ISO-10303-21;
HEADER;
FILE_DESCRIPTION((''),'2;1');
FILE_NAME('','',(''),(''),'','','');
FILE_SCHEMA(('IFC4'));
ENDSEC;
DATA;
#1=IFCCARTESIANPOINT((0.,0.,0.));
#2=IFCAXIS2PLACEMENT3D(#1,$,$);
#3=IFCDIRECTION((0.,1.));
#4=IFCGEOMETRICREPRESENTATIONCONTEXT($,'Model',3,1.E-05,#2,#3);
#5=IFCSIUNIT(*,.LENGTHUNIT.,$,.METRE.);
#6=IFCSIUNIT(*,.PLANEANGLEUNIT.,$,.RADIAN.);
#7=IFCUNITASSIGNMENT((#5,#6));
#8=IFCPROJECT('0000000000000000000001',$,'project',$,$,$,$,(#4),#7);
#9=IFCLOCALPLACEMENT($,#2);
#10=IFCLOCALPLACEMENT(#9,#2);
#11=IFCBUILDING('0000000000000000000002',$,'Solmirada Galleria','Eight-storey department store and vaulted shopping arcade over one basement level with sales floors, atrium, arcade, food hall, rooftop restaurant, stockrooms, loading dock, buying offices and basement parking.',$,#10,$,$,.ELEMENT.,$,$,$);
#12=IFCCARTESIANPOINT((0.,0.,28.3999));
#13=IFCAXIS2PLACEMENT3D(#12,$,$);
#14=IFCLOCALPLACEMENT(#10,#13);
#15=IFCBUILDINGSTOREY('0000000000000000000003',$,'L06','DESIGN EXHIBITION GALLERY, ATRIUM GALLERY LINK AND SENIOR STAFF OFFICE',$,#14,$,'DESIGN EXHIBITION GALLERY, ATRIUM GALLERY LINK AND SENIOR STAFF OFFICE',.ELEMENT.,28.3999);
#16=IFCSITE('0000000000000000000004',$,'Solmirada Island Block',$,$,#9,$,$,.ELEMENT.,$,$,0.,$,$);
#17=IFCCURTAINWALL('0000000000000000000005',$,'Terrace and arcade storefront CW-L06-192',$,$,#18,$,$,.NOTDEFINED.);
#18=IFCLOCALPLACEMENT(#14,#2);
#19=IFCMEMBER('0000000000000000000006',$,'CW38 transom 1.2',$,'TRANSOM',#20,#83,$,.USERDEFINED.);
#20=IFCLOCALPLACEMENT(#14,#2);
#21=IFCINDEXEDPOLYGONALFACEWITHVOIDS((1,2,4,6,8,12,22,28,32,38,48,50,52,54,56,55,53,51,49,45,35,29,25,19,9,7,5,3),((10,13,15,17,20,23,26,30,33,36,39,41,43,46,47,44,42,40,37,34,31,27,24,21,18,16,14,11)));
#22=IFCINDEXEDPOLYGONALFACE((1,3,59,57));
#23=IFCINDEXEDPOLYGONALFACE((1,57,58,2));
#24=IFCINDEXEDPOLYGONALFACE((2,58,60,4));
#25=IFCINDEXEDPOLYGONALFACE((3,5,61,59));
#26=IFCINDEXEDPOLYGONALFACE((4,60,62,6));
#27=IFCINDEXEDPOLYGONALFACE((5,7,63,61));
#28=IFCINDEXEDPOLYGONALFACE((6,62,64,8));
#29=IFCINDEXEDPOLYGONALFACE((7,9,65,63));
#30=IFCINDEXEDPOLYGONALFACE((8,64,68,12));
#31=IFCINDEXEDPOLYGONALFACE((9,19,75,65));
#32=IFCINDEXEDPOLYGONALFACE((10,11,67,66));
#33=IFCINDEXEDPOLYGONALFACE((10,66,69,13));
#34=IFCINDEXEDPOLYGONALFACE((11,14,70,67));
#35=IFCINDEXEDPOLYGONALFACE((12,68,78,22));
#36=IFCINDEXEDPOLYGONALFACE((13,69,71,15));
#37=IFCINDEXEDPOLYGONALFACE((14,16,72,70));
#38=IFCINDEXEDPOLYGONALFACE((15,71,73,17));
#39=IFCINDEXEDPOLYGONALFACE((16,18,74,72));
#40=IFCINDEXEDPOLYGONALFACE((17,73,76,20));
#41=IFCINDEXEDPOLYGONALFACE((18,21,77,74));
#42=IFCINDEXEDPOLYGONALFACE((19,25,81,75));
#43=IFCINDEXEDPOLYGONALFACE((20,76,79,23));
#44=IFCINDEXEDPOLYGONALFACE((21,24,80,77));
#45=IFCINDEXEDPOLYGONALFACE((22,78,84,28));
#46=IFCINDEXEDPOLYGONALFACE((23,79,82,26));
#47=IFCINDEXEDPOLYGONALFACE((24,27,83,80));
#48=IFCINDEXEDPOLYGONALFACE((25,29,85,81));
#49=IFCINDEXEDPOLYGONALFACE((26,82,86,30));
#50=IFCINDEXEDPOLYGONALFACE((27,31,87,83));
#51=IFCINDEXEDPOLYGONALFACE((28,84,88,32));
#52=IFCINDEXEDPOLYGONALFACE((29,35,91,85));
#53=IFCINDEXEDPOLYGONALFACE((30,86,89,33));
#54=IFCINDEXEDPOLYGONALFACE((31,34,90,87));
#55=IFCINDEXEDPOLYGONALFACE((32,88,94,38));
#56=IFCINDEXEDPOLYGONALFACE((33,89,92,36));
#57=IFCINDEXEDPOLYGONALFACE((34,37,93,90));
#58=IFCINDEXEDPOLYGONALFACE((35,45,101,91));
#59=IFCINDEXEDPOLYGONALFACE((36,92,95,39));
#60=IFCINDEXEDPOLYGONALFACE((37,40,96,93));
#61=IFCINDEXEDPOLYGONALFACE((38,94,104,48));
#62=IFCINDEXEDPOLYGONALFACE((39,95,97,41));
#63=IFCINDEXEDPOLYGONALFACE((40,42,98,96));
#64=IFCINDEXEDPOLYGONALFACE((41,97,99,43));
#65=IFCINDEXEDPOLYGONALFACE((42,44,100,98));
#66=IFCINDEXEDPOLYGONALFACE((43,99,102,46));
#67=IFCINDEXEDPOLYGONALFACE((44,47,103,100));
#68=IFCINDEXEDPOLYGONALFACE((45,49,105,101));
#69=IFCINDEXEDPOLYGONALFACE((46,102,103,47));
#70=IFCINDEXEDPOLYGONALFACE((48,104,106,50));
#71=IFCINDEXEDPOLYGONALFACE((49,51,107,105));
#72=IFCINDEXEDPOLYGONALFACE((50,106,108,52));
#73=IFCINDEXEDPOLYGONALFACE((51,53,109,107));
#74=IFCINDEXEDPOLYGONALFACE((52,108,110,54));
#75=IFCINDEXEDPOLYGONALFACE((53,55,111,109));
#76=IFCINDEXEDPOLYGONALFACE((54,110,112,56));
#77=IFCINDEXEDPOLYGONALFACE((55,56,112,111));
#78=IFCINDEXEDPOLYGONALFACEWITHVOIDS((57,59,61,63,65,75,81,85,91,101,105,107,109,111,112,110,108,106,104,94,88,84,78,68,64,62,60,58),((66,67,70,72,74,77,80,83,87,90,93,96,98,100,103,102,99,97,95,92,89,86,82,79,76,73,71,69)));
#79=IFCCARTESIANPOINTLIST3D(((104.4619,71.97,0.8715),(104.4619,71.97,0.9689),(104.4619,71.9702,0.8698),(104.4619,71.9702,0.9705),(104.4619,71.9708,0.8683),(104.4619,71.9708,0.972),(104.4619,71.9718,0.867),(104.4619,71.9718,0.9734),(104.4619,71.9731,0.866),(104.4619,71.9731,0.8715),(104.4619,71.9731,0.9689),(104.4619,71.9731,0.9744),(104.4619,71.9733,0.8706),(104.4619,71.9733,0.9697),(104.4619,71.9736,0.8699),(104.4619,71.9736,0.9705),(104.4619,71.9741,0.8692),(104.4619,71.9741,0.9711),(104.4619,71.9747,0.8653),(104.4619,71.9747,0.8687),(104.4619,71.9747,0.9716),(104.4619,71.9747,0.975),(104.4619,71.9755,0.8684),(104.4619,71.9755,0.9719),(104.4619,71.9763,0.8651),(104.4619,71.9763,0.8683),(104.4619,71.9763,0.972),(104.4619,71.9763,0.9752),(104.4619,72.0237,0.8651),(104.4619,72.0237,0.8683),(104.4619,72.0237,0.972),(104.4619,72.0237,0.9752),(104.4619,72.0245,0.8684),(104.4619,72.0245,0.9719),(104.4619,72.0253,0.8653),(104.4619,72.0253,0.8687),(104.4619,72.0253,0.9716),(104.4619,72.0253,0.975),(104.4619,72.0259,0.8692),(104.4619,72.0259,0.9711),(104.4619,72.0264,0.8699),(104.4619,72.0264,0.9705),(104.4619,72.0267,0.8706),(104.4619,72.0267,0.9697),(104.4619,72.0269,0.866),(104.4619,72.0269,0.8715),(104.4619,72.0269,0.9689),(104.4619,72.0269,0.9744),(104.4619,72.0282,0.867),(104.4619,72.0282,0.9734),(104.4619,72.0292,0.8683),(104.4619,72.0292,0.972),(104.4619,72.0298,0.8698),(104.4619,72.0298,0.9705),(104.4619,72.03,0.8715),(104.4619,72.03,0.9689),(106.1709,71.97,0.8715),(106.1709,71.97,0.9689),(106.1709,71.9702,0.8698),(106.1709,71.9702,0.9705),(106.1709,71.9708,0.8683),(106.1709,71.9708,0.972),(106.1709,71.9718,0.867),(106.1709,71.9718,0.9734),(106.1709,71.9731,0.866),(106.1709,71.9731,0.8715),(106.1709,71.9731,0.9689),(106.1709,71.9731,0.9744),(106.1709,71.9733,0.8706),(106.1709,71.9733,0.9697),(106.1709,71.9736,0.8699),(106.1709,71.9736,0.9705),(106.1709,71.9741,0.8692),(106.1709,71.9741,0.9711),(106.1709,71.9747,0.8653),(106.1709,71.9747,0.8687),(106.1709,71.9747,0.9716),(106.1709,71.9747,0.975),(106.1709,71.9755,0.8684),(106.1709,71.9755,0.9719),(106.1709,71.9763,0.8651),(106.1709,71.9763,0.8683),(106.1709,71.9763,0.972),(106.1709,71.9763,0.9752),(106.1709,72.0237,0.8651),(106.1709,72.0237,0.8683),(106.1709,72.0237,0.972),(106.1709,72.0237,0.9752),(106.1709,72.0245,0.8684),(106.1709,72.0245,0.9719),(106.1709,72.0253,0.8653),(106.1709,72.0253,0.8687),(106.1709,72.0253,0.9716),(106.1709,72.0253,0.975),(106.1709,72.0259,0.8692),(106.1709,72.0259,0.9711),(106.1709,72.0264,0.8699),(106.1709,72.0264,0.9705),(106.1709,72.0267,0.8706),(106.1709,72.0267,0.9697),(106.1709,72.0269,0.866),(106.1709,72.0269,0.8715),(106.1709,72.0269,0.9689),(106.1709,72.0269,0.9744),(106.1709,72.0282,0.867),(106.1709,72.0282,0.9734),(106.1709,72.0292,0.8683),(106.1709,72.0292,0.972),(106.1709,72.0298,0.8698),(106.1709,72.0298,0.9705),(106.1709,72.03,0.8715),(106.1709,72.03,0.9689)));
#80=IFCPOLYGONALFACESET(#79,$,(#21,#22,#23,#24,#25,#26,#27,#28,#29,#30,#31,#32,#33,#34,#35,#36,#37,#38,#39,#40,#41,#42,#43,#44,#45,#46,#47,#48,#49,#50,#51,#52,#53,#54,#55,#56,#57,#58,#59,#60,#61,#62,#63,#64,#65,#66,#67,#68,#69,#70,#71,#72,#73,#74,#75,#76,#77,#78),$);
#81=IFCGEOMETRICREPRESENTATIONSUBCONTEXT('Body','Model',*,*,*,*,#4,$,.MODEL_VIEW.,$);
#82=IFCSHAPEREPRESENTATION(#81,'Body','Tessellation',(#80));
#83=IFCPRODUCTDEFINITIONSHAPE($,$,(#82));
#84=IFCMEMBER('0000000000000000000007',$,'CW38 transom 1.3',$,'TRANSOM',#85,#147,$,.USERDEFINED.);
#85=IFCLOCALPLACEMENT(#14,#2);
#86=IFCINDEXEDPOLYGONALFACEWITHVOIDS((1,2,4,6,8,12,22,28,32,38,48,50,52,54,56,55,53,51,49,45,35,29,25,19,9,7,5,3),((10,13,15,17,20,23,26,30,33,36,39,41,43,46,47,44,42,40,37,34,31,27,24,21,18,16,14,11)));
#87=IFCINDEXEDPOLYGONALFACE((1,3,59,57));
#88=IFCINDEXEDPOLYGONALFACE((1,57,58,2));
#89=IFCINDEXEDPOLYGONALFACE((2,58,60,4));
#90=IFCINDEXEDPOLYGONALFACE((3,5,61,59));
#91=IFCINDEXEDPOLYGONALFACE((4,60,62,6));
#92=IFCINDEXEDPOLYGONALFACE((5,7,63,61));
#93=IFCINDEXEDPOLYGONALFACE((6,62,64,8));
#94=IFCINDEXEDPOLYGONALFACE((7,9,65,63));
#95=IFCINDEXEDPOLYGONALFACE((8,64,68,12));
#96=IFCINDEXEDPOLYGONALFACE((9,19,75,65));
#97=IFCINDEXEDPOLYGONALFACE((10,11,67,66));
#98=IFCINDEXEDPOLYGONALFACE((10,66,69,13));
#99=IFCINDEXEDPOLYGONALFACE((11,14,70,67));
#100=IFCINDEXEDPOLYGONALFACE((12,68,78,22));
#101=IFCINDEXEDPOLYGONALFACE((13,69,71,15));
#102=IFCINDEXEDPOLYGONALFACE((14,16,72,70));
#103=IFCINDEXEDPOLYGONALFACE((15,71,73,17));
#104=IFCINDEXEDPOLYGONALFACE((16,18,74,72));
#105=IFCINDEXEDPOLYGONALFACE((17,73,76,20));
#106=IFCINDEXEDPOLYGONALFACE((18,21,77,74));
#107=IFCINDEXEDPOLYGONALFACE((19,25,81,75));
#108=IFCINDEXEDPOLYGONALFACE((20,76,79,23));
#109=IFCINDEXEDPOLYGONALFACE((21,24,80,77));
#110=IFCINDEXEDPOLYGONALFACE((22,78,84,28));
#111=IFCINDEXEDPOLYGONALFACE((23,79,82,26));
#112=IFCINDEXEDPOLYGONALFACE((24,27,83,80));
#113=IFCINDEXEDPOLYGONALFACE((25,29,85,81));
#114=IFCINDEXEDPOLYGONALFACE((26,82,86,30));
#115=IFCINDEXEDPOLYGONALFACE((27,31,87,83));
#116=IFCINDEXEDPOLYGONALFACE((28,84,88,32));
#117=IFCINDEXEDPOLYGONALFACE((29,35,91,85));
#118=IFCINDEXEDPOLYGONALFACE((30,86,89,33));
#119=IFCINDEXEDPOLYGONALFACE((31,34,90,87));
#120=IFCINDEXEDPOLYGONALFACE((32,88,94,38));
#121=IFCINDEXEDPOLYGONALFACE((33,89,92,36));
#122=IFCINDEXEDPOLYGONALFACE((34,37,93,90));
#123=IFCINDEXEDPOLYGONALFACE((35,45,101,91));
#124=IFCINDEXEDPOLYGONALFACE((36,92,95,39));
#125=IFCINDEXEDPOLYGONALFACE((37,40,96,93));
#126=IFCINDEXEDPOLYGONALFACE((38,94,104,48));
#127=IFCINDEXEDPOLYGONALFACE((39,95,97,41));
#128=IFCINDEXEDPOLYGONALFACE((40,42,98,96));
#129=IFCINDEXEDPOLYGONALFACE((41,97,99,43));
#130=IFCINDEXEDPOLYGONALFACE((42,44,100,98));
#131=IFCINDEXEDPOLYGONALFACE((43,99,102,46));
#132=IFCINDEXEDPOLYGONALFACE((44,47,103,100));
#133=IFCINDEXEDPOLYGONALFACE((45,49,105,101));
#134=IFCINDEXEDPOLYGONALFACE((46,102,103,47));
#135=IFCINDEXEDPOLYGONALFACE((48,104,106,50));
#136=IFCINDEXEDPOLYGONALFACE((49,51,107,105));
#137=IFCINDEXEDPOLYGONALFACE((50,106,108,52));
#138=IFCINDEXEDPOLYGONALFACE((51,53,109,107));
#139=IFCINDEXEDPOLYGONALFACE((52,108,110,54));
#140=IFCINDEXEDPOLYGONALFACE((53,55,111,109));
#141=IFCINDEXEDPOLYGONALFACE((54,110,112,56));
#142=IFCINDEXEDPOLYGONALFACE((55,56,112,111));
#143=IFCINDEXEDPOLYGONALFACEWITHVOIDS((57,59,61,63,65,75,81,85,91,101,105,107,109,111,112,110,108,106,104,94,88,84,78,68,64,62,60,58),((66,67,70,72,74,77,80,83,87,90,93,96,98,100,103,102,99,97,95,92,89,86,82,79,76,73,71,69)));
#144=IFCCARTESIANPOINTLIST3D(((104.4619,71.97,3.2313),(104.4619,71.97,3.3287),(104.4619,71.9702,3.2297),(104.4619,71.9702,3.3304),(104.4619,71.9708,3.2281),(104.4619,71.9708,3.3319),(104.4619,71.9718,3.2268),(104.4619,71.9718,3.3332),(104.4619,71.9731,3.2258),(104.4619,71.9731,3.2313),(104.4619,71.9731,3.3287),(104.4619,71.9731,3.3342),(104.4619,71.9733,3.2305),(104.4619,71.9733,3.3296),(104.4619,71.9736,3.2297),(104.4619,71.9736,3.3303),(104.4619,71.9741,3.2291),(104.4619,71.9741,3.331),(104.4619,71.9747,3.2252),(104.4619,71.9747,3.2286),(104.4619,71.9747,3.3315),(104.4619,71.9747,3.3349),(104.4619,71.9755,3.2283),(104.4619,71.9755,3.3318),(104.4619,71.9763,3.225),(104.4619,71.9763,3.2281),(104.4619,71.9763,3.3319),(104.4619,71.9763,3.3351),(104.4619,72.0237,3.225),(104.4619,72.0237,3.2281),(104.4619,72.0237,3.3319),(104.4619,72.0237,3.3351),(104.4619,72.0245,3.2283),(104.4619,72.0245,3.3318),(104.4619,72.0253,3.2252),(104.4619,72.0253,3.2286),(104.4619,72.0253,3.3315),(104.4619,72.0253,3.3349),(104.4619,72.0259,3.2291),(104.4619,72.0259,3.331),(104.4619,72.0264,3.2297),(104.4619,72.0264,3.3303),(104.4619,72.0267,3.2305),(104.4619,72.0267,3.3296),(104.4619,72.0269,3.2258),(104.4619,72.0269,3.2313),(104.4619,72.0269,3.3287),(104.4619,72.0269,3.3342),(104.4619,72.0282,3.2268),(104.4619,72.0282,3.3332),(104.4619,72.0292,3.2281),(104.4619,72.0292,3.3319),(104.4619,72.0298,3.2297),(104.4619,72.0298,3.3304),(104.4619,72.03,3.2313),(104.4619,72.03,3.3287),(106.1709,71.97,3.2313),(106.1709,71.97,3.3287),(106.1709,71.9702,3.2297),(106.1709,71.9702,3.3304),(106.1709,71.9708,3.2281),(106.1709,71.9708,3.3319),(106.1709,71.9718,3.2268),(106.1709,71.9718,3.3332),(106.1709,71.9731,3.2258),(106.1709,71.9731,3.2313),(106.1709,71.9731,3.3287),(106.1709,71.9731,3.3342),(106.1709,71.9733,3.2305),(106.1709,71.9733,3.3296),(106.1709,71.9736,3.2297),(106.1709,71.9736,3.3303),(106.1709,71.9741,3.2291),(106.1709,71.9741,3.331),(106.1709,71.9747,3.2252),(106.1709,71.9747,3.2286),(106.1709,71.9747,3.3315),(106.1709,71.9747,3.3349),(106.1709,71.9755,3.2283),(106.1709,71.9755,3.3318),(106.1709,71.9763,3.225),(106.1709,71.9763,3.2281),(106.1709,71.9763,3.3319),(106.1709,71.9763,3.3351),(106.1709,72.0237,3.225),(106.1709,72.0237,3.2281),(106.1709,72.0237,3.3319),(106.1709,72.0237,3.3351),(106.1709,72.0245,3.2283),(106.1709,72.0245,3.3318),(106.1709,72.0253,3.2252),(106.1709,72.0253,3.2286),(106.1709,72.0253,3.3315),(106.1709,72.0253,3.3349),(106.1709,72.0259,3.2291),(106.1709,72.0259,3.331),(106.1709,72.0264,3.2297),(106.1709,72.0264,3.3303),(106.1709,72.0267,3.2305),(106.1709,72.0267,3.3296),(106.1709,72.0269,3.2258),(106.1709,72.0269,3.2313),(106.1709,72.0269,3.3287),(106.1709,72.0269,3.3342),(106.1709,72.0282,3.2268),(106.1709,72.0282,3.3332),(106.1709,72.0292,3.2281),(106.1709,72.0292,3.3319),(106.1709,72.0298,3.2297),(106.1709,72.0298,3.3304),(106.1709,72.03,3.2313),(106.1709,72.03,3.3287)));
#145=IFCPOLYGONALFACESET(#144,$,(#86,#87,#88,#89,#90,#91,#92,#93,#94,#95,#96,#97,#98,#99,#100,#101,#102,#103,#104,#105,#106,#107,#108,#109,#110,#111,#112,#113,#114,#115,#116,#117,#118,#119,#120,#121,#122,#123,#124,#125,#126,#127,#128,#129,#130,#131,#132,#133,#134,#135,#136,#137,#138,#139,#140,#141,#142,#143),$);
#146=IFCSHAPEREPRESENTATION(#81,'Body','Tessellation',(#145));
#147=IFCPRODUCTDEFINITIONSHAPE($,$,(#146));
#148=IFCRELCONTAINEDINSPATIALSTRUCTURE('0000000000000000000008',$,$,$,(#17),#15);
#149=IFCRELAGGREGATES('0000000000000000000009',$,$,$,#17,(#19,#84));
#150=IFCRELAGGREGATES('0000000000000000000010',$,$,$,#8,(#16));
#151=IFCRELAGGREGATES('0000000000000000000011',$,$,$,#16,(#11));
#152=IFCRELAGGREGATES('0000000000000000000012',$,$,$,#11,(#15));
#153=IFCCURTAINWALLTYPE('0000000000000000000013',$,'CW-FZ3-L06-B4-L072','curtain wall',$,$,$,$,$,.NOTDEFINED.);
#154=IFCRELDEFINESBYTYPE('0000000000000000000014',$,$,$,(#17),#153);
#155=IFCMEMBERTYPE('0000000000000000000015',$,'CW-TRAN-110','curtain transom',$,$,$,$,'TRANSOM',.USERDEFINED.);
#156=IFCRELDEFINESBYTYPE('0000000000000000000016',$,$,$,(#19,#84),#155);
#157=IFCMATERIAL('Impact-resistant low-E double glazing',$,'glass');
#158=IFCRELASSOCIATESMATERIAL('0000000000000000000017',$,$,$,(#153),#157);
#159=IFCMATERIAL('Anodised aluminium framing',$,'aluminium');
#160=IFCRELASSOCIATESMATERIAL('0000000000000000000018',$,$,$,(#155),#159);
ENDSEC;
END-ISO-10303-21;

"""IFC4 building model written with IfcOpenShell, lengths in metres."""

from ifc_helpers import new_model, si_unit, direction, frame, origin, origin_2d, place, context, subcontext, project, spatial, hollow_rectangle, extrude, material, material_profile, profile_set, type_object, element, aggregate, save


model = new_model("IFC4")

# Units and contexts
model_context = context("Model", 3, precision=1e-05, world=origin(), true_north=direction((0.0, 1.0)))
body_context = subcontext(model_context, "Body", "Model", "MODEL_VIEW")
ifc_project = project(units=[si_unit("LENGTHUNIT", "METRE"), si_unit("PLANEANGLEUNIT", "RADIAN")], contexts=[model_context])

# Site, building, storey
site_placement = place(None, origin())
site = spatial("IfcSite", under=ifc_project, at=site_placement, Name="Solmirada Island Block", CompositionType="ELEMENT", RefElevation=0.0)
building_placement = place(site_placement, origin())
building = spatial("IfcBuilding", under=site, at=building_placement, Name="Solmirada Galleria", Description="Eight-storey department store and vaulted shopping arcade over one basement level with sales floors, atrium, arcade, food hall, rooftop restaurant, stockrooms, loading dock, buying offices and basement parking.", CompositionType="ELEMENT")
storey_placement = place(building_placement, frame((0.0, 0.0, 28.3999)))
storey = spatial("IfcBuildingStorey", under=building, at=storey_placement, Name="L06", Description="DESIGN EXHIBITION GALLERY, ATRIUM GALLERY LINK AND SENIOR STAFF OFFICE", LongName="DESIGN EXHIBITION GALLERY, ATRIUM GALLERY LINK AND SENIOR STAFF OFFICE", CompositionType="ELEMENT", Elevation=28.3999)

# Curtain wall
ifc_material_1 = material(Name="Impact-resistant low-E double glazing", Category="glass")
curtain_wall_type = type_object("IfcCurtainWallType", Name="CW-FZ3-L06-B4-L072", Description="curtain wall", PredefinedType="NOTDEFINED", material=ifc_material_1)
ifc_material_2 = material(Name="Anodised aluminium framing", Category="aluminium")
curtain_wall_1_placement = place(storey_placement, origin())
curtain_wall_1 = element("IfcCurtainWall", 1, at=curtain_wall_1_placement, inside=storey, type_object=curtain_wall_type, Name="Terrace and arcade storefront CW-L06-192", PredefinedType="NOTDEFINED")

# Members
ifc_material_profile_1 = material_profile(ifc_material_2, hollow_rectangle(XDim=0.0601, YDim=0.1101, WallThickness=0.0032, InnerFilletRadius=0.0032, OuterFilletRadius=0.0063, at=origin_2d()), Name="ALU-TRAN-110X60")
ifc_profile_set_1 = profile_set([ifc_material_profile_1], Name="Anodised aluminium framing")
member_type_1 = type_object("IfcMemberType", Name="CW-TRAN-110", Description="curtain transom", ElementType="TRANSOM", PredefinedType="USERDEFINED", material=ifc_profile_set_1)
member_1_placement = place(storey_placement, frame((104.4619, 72.0, 0.9202), z_axis=(1.0, 0.0, 0.0), x_axis=(0.0, 1.0, 0.0)))
member_1 = element("IfcMember", 2, at=member_1_placement, type_object=member_type_1, Name="CW38 transom 1.2", ObjectType="TRANSOM", PredefinedType="USERDEFINED", context=body_context, shape_type="SweptSolid", body=[
    extrude(hollow_rectangle(XDim=0.0601, YDim=0.1101, WallThickness=0.0032, InnerFilletRadius=0.0032, OuterFilletRadius=0.0063, at=origin_2d()), origin(), (0.0, 0.0, 1.0), 1.709),
])
member_2_placement = place(storey_placement, frame((104.4619, 72.0, 3.28), z_axis=(1.0, 0.0, 0.0), x_axis=(0.0, 1.0, 0.0)))
member_2 = element("IfcMember", 3, at=member_2_placement, type_object=member_type_1, Name="CW38 transom 1.3", ObjectType="TRANSOM", PredefinedType="USERDEFINED", context=body_context, shape_type="SweptSolid", body=[
    extrude(hollow_rectangle(XDim=0.0601, YDim=0.1101, WallThickness=0.0032, InnerFilletRadius=0.0032, OuterFilletRadius=0.0063, at=origin_2d()), origin(), (0.0, 0.0, 1.0), 1.709),
])

aggregate(curtain_wall_1, [member_1, member_2])

save(model, "model.ifc")
